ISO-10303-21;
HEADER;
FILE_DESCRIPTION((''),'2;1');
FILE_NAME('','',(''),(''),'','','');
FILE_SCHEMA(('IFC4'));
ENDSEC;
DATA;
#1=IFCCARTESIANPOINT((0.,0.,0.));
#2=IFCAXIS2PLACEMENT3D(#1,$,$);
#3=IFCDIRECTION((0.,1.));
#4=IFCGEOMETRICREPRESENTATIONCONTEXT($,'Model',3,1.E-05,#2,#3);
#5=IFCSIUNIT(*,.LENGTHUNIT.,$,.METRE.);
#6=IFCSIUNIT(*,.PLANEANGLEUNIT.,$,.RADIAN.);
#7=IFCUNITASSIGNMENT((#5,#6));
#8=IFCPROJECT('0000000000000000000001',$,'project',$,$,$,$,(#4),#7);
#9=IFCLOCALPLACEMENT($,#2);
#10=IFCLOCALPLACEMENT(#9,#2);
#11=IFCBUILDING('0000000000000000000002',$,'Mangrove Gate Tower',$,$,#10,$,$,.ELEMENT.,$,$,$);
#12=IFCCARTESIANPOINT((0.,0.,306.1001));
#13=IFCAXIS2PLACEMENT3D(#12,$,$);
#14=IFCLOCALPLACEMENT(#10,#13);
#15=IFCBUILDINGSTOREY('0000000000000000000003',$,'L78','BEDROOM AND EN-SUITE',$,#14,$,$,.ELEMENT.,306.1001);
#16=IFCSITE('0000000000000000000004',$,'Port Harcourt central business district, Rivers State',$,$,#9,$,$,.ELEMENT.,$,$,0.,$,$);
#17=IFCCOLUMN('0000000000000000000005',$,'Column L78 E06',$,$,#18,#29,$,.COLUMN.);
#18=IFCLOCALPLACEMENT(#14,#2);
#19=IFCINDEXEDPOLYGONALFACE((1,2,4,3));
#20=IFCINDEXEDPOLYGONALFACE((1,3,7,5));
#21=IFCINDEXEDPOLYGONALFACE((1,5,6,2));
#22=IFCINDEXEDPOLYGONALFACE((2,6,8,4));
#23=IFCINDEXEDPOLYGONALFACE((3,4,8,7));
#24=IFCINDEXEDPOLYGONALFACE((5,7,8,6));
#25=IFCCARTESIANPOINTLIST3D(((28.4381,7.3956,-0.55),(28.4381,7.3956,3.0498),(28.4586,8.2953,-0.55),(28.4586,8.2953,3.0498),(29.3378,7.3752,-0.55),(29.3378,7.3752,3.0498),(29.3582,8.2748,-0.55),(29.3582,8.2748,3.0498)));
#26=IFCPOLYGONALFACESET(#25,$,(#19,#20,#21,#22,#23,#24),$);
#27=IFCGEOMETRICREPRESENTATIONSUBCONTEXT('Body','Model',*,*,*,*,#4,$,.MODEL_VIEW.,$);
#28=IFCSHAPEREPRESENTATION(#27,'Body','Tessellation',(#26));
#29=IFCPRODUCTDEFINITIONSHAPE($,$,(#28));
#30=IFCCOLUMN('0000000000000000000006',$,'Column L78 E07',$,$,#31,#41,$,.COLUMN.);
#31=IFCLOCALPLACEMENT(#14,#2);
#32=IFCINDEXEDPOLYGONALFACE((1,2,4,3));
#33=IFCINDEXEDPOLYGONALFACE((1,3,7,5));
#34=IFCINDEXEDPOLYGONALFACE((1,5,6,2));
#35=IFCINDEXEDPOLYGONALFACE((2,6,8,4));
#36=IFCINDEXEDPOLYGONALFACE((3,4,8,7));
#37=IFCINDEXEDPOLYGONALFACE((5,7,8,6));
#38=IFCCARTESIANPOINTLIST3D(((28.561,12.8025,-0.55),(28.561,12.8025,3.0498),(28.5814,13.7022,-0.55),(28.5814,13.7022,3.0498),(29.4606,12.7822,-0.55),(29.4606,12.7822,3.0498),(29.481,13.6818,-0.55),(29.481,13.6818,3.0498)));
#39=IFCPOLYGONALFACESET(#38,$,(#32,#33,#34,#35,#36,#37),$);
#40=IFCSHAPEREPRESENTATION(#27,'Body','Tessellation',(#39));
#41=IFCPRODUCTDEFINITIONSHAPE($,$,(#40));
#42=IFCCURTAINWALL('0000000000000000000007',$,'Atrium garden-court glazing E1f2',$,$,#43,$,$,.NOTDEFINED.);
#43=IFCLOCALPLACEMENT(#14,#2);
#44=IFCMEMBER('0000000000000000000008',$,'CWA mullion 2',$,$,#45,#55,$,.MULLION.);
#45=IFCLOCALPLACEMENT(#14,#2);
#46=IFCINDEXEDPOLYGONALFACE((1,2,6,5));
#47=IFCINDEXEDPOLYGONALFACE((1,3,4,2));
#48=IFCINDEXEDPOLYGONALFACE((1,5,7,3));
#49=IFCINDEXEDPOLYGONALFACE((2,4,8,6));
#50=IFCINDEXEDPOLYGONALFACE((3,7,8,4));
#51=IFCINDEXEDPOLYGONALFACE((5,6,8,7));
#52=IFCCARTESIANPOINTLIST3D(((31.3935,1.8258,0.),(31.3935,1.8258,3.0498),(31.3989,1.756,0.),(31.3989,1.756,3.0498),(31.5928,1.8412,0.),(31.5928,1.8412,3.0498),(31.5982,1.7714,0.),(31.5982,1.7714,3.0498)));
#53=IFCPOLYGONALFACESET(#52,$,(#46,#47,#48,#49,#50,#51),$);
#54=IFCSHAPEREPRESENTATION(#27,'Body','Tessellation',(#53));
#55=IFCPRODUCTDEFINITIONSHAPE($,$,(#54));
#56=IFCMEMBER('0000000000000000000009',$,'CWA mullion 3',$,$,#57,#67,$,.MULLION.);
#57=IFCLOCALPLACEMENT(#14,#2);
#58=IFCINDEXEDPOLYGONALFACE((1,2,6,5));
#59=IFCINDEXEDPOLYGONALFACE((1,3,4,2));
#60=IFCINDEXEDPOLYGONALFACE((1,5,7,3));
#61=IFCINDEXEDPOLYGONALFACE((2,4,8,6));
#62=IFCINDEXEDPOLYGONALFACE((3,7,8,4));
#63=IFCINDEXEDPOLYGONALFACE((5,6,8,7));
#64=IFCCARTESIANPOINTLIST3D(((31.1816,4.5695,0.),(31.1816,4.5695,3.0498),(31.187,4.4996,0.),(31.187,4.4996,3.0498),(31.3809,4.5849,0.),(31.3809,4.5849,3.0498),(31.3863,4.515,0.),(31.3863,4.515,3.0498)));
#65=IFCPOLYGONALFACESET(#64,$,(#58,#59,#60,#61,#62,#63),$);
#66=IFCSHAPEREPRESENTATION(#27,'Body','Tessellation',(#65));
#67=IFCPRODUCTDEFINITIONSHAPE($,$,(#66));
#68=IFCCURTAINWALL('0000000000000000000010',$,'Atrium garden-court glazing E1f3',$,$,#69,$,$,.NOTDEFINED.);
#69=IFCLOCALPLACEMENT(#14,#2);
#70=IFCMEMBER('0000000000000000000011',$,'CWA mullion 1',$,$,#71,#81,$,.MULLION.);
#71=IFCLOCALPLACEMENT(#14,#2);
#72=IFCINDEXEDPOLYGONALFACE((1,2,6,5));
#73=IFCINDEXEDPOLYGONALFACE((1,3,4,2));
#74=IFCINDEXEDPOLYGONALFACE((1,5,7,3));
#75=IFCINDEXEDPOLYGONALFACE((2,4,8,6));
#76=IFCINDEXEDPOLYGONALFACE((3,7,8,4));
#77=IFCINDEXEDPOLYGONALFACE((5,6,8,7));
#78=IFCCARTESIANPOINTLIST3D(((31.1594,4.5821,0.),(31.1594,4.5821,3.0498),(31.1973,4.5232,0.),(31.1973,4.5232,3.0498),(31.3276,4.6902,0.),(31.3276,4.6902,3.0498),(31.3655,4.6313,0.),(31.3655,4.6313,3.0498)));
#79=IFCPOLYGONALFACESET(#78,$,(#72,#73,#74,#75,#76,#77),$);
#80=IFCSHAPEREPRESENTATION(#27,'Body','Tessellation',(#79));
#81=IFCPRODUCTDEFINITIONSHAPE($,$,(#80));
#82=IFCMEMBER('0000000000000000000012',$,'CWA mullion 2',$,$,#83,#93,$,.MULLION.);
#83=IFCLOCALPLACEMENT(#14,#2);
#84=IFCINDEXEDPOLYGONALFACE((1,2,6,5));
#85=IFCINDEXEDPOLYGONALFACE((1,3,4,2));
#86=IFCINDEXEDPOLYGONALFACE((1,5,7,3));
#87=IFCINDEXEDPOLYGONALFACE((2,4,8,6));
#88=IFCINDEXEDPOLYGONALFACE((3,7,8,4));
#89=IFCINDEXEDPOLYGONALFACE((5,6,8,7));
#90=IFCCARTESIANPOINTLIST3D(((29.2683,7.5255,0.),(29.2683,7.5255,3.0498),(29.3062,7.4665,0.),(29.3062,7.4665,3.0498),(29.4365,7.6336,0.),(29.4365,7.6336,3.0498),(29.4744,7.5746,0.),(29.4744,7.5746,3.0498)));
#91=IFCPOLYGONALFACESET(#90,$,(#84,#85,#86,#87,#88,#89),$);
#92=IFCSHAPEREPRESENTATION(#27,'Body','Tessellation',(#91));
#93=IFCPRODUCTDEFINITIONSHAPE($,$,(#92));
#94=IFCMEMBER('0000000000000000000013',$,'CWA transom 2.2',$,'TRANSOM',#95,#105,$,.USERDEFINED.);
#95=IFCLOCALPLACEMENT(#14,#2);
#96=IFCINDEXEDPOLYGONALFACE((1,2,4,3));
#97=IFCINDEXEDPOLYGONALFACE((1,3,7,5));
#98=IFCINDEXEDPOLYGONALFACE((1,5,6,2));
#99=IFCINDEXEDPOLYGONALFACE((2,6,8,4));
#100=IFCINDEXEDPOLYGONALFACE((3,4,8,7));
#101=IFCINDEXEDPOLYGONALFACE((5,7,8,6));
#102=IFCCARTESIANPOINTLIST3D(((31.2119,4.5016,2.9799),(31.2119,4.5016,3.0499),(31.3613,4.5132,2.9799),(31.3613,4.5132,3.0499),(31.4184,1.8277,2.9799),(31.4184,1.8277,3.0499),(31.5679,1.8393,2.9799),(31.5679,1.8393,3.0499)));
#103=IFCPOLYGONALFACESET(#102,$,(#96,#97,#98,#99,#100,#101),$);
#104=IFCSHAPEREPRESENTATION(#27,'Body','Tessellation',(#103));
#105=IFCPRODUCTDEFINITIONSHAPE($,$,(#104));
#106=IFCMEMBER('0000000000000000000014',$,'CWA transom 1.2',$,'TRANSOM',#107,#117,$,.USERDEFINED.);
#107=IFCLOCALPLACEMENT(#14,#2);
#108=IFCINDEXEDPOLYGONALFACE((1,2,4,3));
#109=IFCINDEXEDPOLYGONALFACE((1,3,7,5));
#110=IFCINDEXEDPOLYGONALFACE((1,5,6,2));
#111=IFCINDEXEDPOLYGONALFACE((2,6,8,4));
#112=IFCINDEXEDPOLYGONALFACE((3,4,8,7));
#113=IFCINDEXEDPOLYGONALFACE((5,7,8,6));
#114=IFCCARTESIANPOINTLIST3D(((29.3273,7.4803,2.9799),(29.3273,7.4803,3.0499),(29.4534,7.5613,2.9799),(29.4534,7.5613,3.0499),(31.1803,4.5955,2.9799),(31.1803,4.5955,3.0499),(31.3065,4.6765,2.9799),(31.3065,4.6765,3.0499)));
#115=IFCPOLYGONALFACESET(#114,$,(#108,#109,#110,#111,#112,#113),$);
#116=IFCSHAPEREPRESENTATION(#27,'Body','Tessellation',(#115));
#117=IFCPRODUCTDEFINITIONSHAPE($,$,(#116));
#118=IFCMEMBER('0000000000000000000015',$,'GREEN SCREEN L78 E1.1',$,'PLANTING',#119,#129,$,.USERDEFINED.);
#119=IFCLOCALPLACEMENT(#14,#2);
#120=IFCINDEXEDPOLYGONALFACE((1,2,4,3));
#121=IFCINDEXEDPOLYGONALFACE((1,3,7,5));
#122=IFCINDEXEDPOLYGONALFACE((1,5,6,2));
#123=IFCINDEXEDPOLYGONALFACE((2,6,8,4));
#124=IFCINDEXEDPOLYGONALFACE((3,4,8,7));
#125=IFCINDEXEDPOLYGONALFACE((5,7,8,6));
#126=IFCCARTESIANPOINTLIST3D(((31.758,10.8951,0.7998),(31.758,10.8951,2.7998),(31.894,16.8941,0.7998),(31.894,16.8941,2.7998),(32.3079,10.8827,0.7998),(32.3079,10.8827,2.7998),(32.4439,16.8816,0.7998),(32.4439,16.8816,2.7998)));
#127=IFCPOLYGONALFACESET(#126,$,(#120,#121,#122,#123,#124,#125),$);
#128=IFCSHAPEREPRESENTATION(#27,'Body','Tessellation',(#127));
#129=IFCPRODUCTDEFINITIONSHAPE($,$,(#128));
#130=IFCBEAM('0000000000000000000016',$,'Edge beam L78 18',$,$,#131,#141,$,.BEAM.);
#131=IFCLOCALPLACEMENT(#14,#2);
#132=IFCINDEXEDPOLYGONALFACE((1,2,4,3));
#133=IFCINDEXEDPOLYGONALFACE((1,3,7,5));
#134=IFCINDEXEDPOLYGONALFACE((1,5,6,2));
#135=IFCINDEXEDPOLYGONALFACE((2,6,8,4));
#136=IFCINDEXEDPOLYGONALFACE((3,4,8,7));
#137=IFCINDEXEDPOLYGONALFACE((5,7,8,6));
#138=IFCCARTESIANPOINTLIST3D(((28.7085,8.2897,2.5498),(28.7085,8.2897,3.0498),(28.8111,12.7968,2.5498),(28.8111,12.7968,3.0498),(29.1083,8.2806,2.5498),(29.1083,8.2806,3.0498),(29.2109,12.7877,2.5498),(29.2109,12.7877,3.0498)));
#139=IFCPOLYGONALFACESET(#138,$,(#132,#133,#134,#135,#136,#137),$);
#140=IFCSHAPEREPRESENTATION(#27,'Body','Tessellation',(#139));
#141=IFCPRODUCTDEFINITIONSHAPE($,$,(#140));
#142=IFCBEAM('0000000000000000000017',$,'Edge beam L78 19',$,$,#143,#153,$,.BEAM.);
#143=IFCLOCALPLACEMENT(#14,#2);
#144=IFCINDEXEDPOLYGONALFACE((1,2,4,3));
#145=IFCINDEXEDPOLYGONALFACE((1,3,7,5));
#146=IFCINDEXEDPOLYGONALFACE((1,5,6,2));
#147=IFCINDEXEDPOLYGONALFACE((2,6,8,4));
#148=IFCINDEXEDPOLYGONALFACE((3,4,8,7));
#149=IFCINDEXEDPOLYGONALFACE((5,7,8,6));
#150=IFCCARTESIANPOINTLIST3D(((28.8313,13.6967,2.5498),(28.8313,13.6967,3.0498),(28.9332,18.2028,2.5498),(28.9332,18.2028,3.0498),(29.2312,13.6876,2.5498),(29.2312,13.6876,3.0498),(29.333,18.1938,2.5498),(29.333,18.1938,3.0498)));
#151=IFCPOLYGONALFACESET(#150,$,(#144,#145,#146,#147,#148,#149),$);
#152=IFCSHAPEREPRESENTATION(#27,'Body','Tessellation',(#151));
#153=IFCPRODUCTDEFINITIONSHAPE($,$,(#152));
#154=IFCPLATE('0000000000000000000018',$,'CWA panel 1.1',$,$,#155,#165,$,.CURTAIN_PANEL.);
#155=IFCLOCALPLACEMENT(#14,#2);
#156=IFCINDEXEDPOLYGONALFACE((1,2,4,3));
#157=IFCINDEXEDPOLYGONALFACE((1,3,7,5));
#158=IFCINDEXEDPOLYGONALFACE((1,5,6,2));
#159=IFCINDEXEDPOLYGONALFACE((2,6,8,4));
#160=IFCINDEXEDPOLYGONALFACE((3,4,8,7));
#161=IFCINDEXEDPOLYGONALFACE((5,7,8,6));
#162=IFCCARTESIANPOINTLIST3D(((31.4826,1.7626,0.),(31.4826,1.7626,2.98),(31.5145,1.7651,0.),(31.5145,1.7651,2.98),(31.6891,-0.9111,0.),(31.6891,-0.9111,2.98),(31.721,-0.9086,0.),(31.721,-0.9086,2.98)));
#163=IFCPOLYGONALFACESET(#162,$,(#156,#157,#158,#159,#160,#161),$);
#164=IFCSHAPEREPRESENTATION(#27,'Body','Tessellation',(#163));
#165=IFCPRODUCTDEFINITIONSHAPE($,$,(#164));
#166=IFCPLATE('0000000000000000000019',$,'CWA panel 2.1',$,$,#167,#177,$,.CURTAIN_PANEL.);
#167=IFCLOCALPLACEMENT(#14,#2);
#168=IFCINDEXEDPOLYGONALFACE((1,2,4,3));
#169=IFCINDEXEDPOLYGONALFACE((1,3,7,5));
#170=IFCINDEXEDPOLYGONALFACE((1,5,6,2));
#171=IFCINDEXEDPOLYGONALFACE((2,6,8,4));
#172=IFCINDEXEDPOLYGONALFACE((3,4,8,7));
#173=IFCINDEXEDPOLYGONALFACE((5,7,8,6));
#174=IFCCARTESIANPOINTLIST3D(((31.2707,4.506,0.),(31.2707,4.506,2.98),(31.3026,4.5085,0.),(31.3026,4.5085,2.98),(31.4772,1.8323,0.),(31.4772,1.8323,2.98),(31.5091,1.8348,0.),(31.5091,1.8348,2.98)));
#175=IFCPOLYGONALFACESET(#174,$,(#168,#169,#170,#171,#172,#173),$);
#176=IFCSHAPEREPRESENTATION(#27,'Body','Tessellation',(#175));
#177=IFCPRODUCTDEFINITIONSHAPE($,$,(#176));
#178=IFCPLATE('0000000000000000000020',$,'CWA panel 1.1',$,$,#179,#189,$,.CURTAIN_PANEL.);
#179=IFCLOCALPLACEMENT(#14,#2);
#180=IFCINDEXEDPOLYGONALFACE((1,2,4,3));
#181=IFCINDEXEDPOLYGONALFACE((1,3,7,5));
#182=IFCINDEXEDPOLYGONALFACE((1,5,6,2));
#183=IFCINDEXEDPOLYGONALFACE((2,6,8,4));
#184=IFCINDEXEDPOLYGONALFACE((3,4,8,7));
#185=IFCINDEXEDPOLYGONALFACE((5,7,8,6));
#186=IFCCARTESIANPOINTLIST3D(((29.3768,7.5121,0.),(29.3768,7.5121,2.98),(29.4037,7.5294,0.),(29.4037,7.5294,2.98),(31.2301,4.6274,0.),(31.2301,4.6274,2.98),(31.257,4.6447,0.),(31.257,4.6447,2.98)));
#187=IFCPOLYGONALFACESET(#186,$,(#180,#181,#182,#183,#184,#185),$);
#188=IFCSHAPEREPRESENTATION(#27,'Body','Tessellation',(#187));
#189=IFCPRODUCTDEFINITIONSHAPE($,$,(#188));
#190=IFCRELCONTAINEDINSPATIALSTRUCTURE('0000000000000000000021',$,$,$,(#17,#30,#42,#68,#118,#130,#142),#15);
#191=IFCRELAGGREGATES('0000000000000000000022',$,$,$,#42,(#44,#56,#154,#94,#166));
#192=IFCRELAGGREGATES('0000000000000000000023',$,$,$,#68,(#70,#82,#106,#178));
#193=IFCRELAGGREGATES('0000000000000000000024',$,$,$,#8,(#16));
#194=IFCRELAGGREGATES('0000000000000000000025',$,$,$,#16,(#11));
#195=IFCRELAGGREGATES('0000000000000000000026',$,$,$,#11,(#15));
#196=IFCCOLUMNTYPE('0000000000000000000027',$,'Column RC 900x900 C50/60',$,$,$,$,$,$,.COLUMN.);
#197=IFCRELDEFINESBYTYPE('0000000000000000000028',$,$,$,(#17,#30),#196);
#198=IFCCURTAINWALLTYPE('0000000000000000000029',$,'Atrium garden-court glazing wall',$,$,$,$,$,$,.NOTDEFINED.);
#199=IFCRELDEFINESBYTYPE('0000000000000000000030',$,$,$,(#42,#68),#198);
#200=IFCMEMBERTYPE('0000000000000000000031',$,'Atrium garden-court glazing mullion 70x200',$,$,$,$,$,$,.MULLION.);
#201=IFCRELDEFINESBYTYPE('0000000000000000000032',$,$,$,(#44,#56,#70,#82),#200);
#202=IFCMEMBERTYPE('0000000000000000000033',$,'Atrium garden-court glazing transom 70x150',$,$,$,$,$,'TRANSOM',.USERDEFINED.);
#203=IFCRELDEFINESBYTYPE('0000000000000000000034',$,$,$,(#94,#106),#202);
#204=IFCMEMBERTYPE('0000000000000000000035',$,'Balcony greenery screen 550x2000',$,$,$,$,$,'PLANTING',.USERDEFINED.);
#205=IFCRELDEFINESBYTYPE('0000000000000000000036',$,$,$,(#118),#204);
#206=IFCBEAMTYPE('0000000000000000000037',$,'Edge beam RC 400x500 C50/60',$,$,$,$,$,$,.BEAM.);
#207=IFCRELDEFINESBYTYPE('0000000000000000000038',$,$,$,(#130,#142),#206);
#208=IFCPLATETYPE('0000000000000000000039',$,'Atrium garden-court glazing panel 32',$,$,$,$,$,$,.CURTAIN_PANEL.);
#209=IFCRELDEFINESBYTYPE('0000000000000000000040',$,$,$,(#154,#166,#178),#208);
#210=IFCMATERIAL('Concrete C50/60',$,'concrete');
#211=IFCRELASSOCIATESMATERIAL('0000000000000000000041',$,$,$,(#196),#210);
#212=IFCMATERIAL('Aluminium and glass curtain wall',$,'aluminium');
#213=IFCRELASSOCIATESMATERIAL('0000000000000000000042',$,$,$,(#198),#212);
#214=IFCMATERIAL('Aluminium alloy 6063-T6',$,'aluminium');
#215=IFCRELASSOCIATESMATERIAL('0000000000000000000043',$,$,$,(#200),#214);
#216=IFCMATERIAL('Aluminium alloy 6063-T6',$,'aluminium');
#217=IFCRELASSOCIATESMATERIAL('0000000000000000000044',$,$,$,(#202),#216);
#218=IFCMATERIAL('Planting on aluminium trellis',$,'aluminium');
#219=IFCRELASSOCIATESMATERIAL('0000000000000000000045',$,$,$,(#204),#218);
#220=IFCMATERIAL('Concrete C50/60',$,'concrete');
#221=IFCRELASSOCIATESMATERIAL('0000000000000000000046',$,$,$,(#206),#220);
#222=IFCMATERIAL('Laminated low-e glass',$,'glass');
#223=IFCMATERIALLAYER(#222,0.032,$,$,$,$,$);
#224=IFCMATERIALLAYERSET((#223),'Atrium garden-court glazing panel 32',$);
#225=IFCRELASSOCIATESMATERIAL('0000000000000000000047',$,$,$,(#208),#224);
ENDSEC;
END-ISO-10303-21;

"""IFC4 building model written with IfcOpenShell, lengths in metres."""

from ifc_helpers import new_model, si_unit, direction, frame, origin, origin_2d, place, context, subcontext, project, spatial, rectangle, extrude, material, layer, layer_set, material_profile, profile_set, type_object, element, aggregate, save


model = new_model("IFC4")

# Units and contexts
model_context = context("Model", 3, precision=1e-05, world=origin(), true_north=direction((0.0, 1.0)))
body_context = subcontext(model_context, "Body", "Model", "MODEL_VIEW")
ifc_project = project(units=[si_unit("LENGTHUNIT", "METRE"), si_unit("PLANEANGLEUNIT", "RADIAN")], contexts=[model_context])

# Site, building, storey
site_placement = place(None, origin())
site = spatial("IfcSite", under=ifc_project, at=site_placement, Name="Port Harcourt central business district, Rivers State", CompositionType="ELEMENT", RefElevation=0.0)
building_placement = place(site_placement, origin())
building = spatial("IfcBuilding", under=site, at=building_placement, Name="Mangrove Gate Tower", CompositionType="ELEMENT")
storey_placement = place(building_placement, frame((0.0, 0.0, 306.1001)))
storey = spatial("IfcBuildingStorey", under=building, at=storey_placement, Name="L78", Description="BEDROOM AND EN-SUITE", CompositionType="ELEMENT", Elevation=306.1001)

# Columns
ifc_material_1 = material(Name="Concrete C50/60", Category="concrete")
ifc_material_profile_1 = material_profile(ifc_material_1, rectangle(XDim=0.8999, YDim=0.8999, at=origin_2d()))
ifc_profile_set_1 = profile_set([ifc_material_profile_1], Name="Concrete C50/60")
column_type = type_object("IfcColumnType", Name="Column RC 900x900 C50/60", PredefinedType="COLUMN", material=ifc_profile_set_1)
for number, where, z_axis, x_axis, name in (
    (1, (28.8982, 7.8352, -0.55), (0.0, 0.0, 1.0), (0.022705, 0.999742, 0.0), "Column L78 E06"),
    (2, (29.021, 13.2422, -0.55), (0.0, 0.0, 1.0), (0.022652, 0.999743, 0.0), "Column L78 E07"),
):
    element("IfcColumn", number, at=place(storey_placement, frame(where, z_axis=z_axis, x_axis=x_axis)), inside=storey, type_object=column_type, Name=name, PredefinedType="COLUMN", context=body_context, shape_type="SweptSolid", body=[
        extrude(rectangle(XDim=0.8999, YDim=0.8999, at=origin_2d()), origin(), (0.0, 0.0, 1.0), 3.5999),
    ])

# Curtain walls, members
ifc_material_2 = material(Name="Aluminium and glass curtain wall", Category="aluminium")
curtain_wall_type = type_object("IfcCurtainWallType", Name="Atrium garden-court glazing wall", PredefinedType="NOTDEFINED", material=ifc_material_2)
curtain_wall_1_placement = place(storey_placement, origin())
curtain_wall_1 = element("IfcCurtainWall", 3, at=curtain_wall_1_placement, inside=storey, type_object=curtain_wall_type, Name="Atrium garden-court glazing E1f2", PredefinedType="NOTDEFINED")
ifc_material_3 = material(Name="Aluminium alloy 6063-T6", Category="aluminium")
ifc_material_profile_2 = material_profile(ifc_material_3, rectangle(XDim=0.0701, YDim=0.2, at=origin_2d()))
ifc_profile_set_2 = profile_set([ifc_material_profile_2], Name="Aluminium alloy 6063-T6")
member_type_1 = type_object("IfcMemberType", Name="Atrium garden-court glazing mullion 70x200", PredefinedType="MULLION", material=ifc_profile_set_2)
member_1_placement = place(storey_placement, frame((31.4958, 1.7986, 0.0), z_axis=(0.0, 0.0, 1.0), x_axis=(-0.077023, 0.997029, 0.0)))
member_1 = element("IfcMember", 4, at=member_1_placement, type_object=member_type_1, Name="CWA mullion 2", PredefinedType="MULLION", context=body_context, shape_type="SweptSolid", body=[
    extrude(rectangle(XDim=0.0701, YDim=0.2, at=origin_2d()), origin(), (0.0, 0.0, 1.0), 3.0498),
])
member_2_placement = place(storey_placement, frame((31.2839, 4.5422, 0.0), z_axis=(0.0, 0.0, 1.0), x_axis=(-0.077023, 0.997029, 0.0)))
member_2 = element("IfcMember", 5, at=member_2_placement, type_object=member_type_1, Name="CWA mullion 3", PredefinedType="MULLION", context=body_context, shape_type="SweptSolid", body=[
    extrude(rectangle(XDim=0.0701, YDim=0.2, at=origin_2d()), origin(), (0.0, 0.0, 1.0), 3.0498),
])
curtain_wall_2_placement = place(storey_placement, origin())
curtain_wall_2 = element("IfcCurtainWall", 6, at=curtain_wall_2_placement, inside=storey, type_object=curtain_wall_type, Name="Atrium garden-court glazing E1f3", PredefinedType="NOTDEFINED")
member_3_placement = place(storey_placement, frame((31.2625, 4.6067, 0.0), z_axis=(0.0, 0.0, 1.0), x_axis=(-0.540512, 0.841336, 0.0)))
member_3 = element("IfcMember", 7, at=member_3_placement, type_object=member_type_1, Name="CWA mullion 1", PredefinedType="MULLION", context=body_context, shape_type="SweptSolid", body=[
    extrude(rectangle(XDim=0.0701, YDim=0.2, at=origin_2d()), origin(), (0.0, 0.0, 1.0), 3.0498),
])
member_4_placement = place(storey_placement, frame((29.3713, 7.55, 0.0), z_axis=(0.0, 0.0, 1.0), x_axis=(-0.540512, 0.841336, 0.0)))
member_4 = element("IfcMember", 8, at=member_4_placement, type_object=member_type_1, Name="CWA mullion 2", PredefinedType="MULLION", context=body_context, shape_type="SweptSolid", body=[
    extrude(rectangle(XDim=0.0701, YDim=0.2, at=origin_2d()), origin(), (0.0, 0.0, 1.0), 3.0498),
])

# Members
ifc_material_4 = material(Name="Aluminium alloy 6063-T6", Category="aluminium")
ifc_material_profile_3 = material_profile(ifc_material_4, rectangle(XDim=0.0701, YDim=0.1499, at=origin_2d()))
ifc_profile_set_3 = profile_set([ifc_material_profile_3], Name="Aluminium alloy 6063-T6")
member_type_2 = type_object("IfcMemberType", Name="Atrium garden-court glazing transom 70x150", ElementType="TRANSOM", PredefinedType="USERDEFINED", material=ifc_profile_set_3)
member_5_placement = place(storey_placement, frame((31.4932, 1.8335, 3.0149), z_axis=(-0.077017, 0.99703, 0.0), x_axis=(0.0, 0.0, 1.0)))
member_5 = element("IfcMember", 9, at=member_5_placement, type_object=member_type_2, Name="CWA transom 2.2", ObjectType="TRANSOM", PredefinedType="USERDEFINED", context=body_context, shape_type="SweptSolid", body=[
    extrude(rectangle(XDim=0.0701, YDim=0.1499, at=origin_2d()), origin(), (0.0, 0.0, 1.0), 2.6819),
])
member_6_placement = place(storey_placement, frame((31.2434, 4.636, 3.0149), z_axis=(-0.540455, 0.841373, 0.0), x_axis=(0.0, 0.0, 1.0)))
member_6 = element("IfcMember", 10, at=member_6_placement, type_object=member_type_2, Name="CWA transom 1.2", ObjectType="TRANSOM", PredefinedType="USERDEFINED", context=body_context, shape_type="SweptSolid", body=[
    extrude(rectangle(XDim=0.0701, YDim=0.1499, at=origin_2d()), origin(), (0.0, 0.0, 1.0), 3.4287),
])
ifc_material_5 = material(Name="Planting on aluminium trellis", Category="aluminium")
ifc_material_profile_4 = material_profile(ifc_material_5, rectangle(XDim=0.55, YDim=2.0, at=origin_2d()))
ifc_profile_set_4 = profile_set([ifc_material_profile_4], Name="Planting on aluminium trellis")
member_type_3 = type_object("IfcMemberType", Name="Balcony greenery screen 550x2000", ElementType="PLANTING", PredefinedType="USERDEFINED", material=ifc_profile_set_4)
member_7_placement = place(storey_placement, frame((32.033, 10.8889, 1.7998), z_axis=(0.022662, 0.999743, 0.0), x_axis=(-0.999743, 0.022662, 0.0)))
element("IfcMember", 11, at=member_7_placement, inside=storey, type_object=member_type_3, Name="GREEN SCREEN L78 E1.1", ObjectType="PLANTING", PredefinedType="USERDEFINED", context=body_context, shape_type="SweptSolid", body=[
    extrude(rectangle(XDim=0.55, YDim=2.0, at=origin_2d()), origin(), (0.0, 0.0, 1.0), 6.0005),
])

# Beams
ifc_material_6 = material(Name="Concrete C50/60", Category="concrete")
ifc_material_profile_5 = material_profile(ifc_material_6, rectangle(XDim=0.3999, YDim=0.5, at=origin_2d()))
ifc_profile_set_5 = profile_set([ifc_material_profile_5], Name="Concrete C50/60")
beam_type = type_object("IfcBeamType", Name="Edge beam RC 400x500 C50/60", PredefinedType="BEAM", material=ifc_profile_set_5)
beam_1_placement = place(storey_placement, frame((28.9084, 8.2852, 2.7998), z_axis=(0.022745, 0.999741, 0.0), x_axis=(-0.999741, 0.022745, 0.0)))
element("IfcBeam", 12, at=beam_1_placement, inside=storey, type_object=beam_type, Name="Edge beam L78 18", PredefinedType="BEAM", context=body_context, shape_type="SweptSolid", body=[
    extrude(rectangle(XDim=0.3999, YDim=0.5, at=origin_2d()), origin(), (0.0, 0.0, 1.0), 4.5083),
])
beam_2_placement = place(storey_placement, frame((29.0312, 13.6921, 2.7998), z_axis=(0.022587, 0.999745, 0.0), x_axis=(-0.999745, 0.022587, 0.0)))
element("IfcBeam", 13, at=beam_2_placement, inside=storey, type_object=beam_type, Name="Edge beam L78 19", PredefinedType="BEAM", context=body_context, shape_type="SweptSolid", body=[
    extrude(rectangle(XDim=0.3999, YDim=0.5, at=origin_2d()), origin(), (0.0, 0.0, 1.0), 4.5073),
])

# Plates
ifc_material_7 = material(Name="Laminated low-e glass", Category="glass")
ifc_layer_1 = layer(ifc_material_7, 0.032)
ifc_layer_set_1 = layer_set([ifc_layer_1], Name="Atrium garden-court glazing panel 32")
plate_type = type_object("IfcPlateType", Name="Atrium garden-court glazing panel 32", PredefinedType="CURTAIN_PANEL", material=ifc_layer_set_1)
plate_1_placement = place(storey_placement, frame((31.6018, 0.427, 0.0), z_axis=(0.0, 0.0, 1.0), x_axis=(-0.077023, 0.997029, 0.0)))
plate_1 = element("IfcPlate", 14, at=plate_1_placement, type_object=plate_type, Name="CWA panel 1.1", PredefinedType="CURTAIN_PANEL", context=body_context, shape_type="SweptSolid", body=[
    extrude(rectangle(XDim=2.6816, YDim=0.032, at=origin_2d()), origin(), (0.0, 0.0, 1.0), 2.98),
])
plate_2_placement = place(storey_placement, frame((31.3899, 3.1704, 0.0), z_axis=(0.0, 0.0, 1.0), x_axis=(-0.077023, 0.997029, 0.0)))
plate_2 = element("IfcPlate", 15, at=plate_2_placement, type_object=plate_type, Name="CWA panel 2.1", PredefinedType="CURTAIN_PANEL", context=body_context, shape_type="SweptSolid", body=[
    extrude(rectangle(XDim=2.6816, YDim=0.032, at=origin_2d()), origin(), (0.0, 0.0, 1.0), 2.98),
])
aggregate(curtain_wall_1, [member_1, member_2, plate_1, member_5, plate_2])
plate_3_placement = place(storey_placement, frame((30.3169, 6.0784, 0.0), z_axis=(0.0, 0.0, 1.0), x_axis=(-0.540512, 0.841336, 0.0)))
plate_3 = element("IfcPlate", 16, at=plate_3_placement, type_object=plate_type, Name="CWA panel 1.1", PredefinedType="CURTAIN_PANEL", context=body_context, shape_type="SweptSolid", body=[
    extrude(rectangle(XDim=3.4287, YDim=0.032, at=origin_2d()), origin(), (0.0, 0.0, 1.0), 2.98),
])
aggregate(curtain_wall_2, [member_3, member_4, member_6, plate_3])

save(model, "model.ifc")
